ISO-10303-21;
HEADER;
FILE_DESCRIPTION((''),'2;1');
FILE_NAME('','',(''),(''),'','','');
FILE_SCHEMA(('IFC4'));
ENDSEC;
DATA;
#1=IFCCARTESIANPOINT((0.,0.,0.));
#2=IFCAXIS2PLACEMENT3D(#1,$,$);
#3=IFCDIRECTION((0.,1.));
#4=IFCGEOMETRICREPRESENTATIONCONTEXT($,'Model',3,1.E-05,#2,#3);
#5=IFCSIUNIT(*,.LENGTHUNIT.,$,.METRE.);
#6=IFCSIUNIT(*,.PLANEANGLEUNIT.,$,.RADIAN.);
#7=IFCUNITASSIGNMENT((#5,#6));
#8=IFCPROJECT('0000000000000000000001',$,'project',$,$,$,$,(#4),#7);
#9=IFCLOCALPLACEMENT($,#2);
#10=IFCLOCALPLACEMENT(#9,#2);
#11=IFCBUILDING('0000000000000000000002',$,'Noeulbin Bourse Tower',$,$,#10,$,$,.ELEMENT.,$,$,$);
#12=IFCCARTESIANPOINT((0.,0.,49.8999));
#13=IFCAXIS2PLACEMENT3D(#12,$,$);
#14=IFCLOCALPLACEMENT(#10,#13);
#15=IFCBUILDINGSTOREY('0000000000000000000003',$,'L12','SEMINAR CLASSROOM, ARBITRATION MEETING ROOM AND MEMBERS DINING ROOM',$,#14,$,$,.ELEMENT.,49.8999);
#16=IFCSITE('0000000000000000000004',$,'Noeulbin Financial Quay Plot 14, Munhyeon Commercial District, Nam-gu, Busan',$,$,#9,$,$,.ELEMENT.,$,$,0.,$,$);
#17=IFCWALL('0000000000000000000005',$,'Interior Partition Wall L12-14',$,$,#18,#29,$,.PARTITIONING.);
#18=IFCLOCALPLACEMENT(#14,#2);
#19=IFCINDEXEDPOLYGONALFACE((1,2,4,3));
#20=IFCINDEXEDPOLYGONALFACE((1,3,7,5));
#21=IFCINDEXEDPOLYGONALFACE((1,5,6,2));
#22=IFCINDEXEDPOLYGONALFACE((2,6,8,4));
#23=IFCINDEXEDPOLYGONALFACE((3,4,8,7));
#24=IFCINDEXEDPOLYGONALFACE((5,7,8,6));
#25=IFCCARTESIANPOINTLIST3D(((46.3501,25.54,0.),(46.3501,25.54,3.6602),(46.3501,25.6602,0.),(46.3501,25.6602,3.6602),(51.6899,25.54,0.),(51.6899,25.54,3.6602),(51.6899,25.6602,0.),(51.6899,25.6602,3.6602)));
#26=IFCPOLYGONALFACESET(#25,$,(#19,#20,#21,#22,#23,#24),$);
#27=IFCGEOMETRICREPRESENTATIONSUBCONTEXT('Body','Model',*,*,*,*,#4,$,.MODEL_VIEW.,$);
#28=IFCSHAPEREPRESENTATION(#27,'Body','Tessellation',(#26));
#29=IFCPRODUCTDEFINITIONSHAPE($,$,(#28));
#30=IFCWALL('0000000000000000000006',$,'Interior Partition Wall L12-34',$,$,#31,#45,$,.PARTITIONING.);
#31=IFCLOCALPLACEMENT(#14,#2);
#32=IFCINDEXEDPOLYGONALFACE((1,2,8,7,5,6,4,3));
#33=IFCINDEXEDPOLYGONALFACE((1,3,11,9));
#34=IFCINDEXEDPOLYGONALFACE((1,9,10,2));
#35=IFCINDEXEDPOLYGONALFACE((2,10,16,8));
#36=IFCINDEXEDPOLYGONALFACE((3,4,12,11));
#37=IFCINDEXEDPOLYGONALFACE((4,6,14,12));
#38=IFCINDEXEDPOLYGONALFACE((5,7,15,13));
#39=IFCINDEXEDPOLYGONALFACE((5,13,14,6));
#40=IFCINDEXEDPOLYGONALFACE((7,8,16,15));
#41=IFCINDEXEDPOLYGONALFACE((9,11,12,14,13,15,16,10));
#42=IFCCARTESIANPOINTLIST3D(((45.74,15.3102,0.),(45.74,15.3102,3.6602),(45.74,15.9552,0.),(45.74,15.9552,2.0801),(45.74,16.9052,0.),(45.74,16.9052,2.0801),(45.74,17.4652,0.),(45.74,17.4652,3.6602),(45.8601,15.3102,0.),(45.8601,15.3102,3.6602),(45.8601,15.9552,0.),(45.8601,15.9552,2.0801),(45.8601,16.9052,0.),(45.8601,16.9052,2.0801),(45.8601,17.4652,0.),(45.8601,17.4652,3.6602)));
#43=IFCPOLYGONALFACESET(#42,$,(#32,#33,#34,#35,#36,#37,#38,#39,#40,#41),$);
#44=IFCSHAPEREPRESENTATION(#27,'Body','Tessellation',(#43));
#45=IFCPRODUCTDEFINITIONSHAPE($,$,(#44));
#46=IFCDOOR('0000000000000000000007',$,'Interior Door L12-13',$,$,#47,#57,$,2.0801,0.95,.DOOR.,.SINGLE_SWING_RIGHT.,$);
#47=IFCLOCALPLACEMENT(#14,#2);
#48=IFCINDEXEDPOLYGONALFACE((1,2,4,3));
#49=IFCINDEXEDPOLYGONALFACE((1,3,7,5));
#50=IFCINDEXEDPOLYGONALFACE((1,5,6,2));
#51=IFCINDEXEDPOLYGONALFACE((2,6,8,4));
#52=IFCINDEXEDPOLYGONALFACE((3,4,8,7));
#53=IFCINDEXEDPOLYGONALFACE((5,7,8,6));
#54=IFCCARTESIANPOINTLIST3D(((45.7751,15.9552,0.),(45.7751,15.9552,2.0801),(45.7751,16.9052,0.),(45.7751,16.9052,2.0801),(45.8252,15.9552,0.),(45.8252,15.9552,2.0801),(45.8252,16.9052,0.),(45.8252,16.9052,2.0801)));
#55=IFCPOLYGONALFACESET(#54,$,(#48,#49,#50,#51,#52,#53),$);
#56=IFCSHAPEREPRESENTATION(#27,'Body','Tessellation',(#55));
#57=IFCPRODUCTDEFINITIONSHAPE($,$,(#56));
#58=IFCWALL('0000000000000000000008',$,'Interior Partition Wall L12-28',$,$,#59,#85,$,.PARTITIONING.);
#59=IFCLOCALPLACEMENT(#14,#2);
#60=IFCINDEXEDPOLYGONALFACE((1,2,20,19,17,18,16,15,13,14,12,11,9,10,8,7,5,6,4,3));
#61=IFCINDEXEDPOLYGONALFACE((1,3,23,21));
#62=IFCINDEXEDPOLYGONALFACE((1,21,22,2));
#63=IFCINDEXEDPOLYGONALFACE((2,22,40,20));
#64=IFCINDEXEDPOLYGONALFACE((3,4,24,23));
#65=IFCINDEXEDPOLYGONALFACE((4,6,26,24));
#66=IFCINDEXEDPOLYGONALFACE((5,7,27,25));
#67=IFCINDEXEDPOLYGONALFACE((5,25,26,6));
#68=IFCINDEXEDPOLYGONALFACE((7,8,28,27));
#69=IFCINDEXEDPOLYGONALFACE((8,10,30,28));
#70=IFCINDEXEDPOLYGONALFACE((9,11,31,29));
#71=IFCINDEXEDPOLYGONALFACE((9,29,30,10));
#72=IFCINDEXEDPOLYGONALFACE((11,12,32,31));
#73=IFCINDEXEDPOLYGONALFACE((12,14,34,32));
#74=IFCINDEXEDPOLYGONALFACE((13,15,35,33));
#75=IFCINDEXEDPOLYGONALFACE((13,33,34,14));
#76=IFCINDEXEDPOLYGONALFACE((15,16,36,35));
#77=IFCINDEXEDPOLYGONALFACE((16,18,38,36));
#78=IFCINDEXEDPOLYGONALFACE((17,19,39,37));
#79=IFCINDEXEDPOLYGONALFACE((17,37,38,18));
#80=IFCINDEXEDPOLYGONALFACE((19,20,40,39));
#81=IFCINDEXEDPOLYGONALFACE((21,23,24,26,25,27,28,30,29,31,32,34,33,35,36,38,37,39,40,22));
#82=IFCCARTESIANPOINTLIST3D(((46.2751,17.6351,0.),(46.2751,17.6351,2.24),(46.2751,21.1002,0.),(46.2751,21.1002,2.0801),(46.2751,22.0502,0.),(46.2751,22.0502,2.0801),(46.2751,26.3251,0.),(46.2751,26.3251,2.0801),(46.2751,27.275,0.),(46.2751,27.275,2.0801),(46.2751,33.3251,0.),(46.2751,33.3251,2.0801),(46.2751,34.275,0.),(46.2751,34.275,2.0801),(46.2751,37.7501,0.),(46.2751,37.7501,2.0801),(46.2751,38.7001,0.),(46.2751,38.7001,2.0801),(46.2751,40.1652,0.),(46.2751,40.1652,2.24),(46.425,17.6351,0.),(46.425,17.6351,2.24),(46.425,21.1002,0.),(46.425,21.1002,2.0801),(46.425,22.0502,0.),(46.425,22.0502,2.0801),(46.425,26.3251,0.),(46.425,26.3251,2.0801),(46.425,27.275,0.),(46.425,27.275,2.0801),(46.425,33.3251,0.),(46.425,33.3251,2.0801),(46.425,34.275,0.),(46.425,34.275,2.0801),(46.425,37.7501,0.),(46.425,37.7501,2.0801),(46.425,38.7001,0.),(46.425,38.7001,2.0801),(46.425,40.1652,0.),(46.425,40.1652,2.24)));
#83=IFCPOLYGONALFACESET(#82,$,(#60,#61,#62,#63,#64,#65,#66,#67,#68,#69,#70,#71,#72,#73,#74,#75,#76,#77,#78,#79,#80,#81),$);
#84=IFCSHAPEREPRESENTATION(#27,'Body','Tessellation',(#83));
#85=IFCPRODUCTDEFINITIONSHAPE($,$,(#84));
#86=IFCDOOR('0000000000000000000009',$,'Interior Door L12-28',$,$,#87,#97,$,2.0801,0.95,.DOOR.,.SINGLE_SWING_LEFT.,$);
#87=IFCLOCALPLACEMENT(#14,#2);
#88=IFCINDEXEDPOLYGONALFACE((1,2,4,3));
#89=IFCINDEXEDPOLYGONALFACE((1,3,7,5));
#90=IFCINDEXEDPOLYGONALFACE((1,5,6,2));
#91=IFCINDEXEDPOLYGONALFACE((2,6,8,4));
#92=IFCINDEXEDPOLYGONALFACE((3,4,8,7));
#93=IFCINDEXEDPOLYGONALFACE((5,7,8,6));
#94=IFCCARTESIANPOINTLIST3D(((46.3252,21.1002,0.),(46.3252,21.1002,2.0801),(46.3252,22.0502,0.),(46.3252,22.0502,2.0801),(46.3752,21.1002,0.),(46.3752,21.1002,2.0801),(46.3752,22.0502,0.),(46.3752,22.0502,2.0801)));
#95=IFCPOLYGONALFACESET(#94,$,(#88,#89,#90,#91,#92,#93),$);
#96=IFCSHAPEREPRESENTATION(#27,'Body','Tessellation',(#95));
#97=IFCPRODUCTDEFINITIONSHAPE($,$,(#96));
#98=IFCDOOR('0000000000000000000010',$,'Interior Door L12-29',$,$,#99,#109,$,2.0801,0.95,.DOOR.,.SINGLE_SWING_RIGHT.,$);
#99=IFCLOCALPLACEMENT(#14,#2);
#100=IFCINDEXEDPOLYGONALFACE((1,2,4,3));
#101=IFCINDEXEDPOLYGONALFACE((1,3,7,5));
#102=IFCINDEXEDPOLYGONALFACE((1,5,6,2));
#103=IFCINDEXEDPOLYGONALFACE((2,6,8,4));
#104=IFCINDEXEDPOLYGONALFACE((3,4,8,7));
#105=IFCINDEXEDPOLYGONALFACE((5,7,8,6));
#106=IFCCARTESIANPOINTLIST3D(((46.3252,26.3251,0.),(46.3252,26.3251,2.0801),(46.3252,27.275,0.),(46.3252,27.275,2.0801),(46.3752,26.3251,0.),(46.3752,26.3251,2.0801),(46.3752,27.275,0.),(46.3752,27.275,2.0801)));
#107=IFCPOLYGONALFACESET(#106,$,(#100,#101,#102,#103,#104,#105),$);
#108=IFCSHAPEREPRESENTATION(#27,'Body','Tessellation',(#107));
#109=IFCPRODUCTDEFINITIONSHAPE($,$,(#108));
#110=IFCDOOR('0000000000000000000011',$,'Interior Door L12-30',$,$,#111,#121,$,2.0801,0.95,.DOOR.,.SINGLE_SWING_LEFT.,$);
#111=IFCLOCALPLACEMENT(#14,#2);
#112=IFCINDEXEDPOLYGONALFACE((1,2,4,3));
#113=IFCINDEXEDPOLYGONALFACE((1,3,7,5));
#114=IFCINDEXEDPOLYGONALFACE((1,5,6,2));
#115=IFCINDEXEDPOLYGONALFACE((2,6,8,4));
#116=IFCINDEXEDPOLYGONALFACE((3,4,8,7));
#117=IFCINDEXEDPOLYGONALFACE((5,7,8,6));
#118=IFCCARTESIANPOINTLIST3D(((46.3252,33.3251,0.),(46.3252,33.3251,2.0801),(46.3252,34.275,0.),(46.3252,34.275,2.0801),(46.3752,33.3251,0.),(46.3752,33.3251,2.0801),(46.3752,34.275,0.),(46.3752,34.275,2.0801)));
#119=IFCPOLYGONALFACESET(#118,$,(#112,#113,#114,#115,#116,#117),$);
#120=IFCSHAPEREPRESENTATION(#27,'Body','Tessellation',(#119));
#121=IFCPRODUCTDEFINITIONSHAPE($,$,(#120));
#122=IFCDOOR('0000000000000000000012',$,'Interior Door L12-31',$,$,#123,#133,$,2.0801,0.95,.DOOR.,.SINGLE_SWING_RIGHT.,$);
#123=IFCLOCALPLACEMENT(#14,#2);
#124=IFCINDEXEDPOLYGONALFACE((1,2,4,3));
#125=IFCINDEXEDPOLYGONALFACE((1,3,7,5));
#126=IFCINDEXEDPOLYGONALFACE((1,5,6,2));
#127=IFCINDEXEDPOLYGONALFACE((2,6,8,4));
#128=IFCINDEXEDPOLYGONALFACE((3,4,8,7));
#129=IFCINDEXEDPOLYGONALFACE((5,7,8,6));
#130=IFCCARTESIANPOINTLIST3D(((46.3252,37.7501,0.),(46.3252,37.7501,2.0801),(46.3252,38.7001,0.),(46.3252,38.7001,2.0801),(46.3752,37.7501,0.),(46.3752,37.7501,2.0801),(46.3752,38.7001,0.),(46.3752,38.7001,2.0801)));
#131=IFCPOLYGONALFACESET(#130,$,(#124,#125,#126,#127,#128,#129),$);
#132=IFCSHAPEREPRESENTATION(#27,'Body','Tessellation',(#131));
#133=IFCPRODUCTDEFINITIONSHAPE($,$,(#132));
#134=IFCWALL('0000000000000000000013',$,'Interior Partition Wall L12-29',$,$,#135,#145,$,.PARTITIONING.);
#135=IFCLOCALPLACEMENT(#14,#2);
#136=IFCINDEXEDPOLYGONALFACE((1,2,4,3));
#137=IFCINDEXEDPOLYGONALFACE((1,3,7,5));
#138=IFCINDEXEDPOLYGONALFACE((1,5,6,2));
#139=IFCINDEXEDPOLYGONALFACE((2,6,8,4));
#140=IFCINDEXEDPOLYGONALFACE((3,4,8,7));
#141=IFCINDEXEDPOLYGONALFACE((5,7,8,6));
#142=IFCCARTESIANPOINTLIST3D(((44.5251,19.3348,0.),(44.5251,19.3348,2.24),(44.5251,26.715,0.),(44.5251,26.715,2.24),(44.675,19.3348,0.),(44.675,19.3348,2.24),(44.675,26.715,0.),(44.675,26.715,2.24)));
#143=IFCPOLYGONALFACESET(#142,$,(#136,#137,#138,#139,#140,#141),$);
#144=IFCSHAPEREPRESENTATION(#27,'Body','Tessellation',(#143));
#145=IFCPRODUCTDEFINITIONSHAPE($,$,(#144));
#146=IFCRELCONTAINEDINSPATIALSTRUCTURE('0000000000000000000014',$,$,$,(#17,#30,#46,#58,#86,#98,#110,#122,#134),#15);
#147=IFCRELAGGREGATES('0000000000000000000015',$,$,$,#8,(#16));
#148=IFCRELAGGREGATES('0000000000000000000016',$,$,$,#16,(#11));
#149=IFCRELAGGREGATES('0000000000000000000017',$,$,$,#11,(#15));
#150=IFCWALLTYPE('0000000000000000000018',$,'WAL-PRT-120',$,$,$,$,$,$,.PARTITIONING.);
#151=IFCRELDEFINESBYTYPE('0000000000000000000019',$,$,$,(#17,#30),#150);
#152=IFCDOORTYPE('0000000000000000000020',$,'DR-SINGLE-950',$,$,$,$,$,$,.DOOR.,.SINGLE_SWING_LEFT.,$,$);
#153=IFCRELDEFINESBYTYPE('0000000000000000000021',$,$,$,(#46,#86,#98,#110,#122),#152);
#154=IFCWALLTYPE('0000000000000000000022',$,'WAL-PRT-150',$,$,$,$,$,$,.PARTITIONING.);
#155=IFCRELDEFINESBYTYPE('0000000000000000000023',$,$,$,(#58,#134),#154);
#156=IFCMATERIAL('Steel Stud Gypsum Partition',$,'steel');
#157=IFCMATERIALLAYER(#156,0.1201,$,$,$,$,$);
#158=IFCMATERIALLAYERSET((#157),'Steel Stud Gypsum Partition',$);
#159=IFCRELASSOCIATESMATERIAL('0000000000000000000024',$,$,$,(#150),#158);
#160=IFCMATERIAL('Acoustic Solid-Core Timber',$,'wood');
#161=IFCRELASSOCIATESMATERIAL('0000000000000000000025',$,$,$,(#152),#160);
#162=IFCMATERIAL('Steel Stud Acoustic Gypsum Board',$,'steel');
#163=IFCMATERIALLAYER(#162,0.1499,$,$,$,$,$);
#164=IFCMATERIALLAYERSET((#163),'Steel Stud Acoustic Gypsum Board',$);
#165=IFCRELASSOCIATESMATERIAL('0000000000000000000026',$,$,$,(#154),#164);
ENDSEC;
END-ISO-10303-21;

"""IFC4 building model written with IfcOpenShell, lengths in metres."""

from ifc_helpers import new_model, si_unit, direction, frame, frame_2d, origin, place, context, subcontext, project, spatial, rectangle, extrude, material, layer, layer_set, type_object, element, fill, save


model = new_model("IFC4")

# Units and contexts
model_context = context("Model", 3, precision=1e-05, world=origin(), true_north=direction((0.0, 1.0)))
body_context = subcontext(model_context, "Body", "Model", "MODEL_VIEW")
ifc_project = project(units=[si_unit("LENGTHUNIT", "METRE"), si_unit("PLANEANGLEUNIT", "RADIAN")], contexts=[model_context])

# Site, building, storey
site_placement = place(None, origin())
site = spatial("IfcSite", under=ifc_project, at=site_placement, Name="Noeulbin Financial Quay Plot 14, Munhyeon Commercial District, Nam-gu, Busan", CompositionType="ELEMENT", RefElevation=0.0)
building_placement = place(site_placement, origin())
building = spatial("IfcBuilding", under=site, at=building_placement, Name="Noeulbin Bourse Tower", CompositionType="ELEMENT")
storey_placement = place(building_placement, frame((0.0, 0.0, 49.8999)))
storey = spatial("IfcBuildingStorey", under=building, at=storey_placement, Name="L12", Description="SEMINAR CLASSROOM, ARBITRATION MEETING ROOM AND MEMBERS DINING ROOM", CompositionType="ELEMENT", Elevation=49.8999)

# Wall
ifc_material_1 = material(Name="Steel Stud Gypsum Partition", Category="steel")
ifc_layer_1 = layer(ifc_material_1, 0.1201)
ifc_layer_set_1 = layer_set([ifc_layer_1], Name="Steel Stud Gypsum Partition")
wall_type_1 = type_object("IfcWallType", Name="WAL-PRT-120", PredefinedType="PARTITIONING", material=ifc_layer_set_1)
wall_1_placement = place(storey_placement, frame((46.3501, 25.6001, 0.0), z_axis=(0.0, 0.0, 1.0), x_axis=(1.0, 0.0, 0.0)))
element("IfcWall", 1, at=wall_1_placement, inside=storey, type_object=wall_type_1, Name="Interior Partition Wall L12-14", PredefinedType="PARTITIONING", context=body_context, shape_type="SweptSolid", body=[
    extrude(rectangle(XDim=5.3398, YDim=0.1201, at=frame_2d((2.6699, 0.0))), origin(), (0.0, 0.0, 1.0), 3.6602),
])

# Wall, opening, door
wall_2_placement = place(storey_placement, frame((45.8, 15.3101, 0.0), z_axis=(0.0, 0.0, 1.0), x_axis=(0.0, 1.0, 0.0)))
wall_2 = element("IfcWall", 2, at=wall_2_placement, inside=storey, type_object=wall_type_1, Name="Interior Partition Wall L12-34", PredefinedType="PARTITIONING", context=body_context, shape_type="SweptSolid", body=[
    extrude(rectangle(XDim=2.155, YDim=0.1201, at=frame_2d((1.0776, 0.0))), origin(), (0.0, 0.0, 1.0), 3.6602),
])
opening_1_placement = place(wall_2_placement, frame((0.645, 0.0, 0.0)))
opening_1 = element("IfcOpeningElement", 3, at=opening_1_placement, cuts=wall_2, PredefinedType="OPENING", context=body_context, shape_type="SweptSolid", body=[
    extrude(rectangle(XDim=0.95, YDim=2.0801, at=frame_2d((0.4751, 1.04))), frame((0.0, 0.0701, 0.0), z_axis=(0.0, -1.0, 0.0), x_axis=(1.0, 0.0, 0.0)), (0.0, 0.0, 1.0), 0.1401),
])
ifc_material_2 = material(Name="Acoustic Solid-Core Timber", Category="wood")
door_type = type_object("IfcDoorType", Name="DR-SINGLE-950", OperationType="SINGLE_SWING_LEFT", PredefinedType="DOOR", material=ifc_material_2)
door_1_placement = place(opening_1_placement, origin())
door_1 = element("IfcDoor", 4, at=door_1_placement, inside=storey, type_object=door_type, Name="Interior Door L12-13", OperationType="SINGLE_SWING_RIGHT", OverallHeight=2.0801, OverallWidth=0.95, PredefinedType="DOOR", context=body_context, shape_type="SweptSolid", body=[
    extrude(rectangle(XDim=0.95, YDim=2.0801, at=frame_2d((0.4751, 1.04))), frame((0.0, 0.0249, 0.0), z_axis=(0.0, -1.0, 0.0), x_axis=(1.0, 0.0, 0.0)), (0.0, 0.0, 1.0), 0.05),
])
fill(opening_1, door_1)

# Wall, openings, doors
ifc_material_3 = material(Name="Steel Stud Acoustic Gypsum Board", Category="steel")
ifc_layer_2 = layer(ifc_material_3, 0.1499)
ifc_layer_set_2 = layer_set([ifc_layer_2], Name="Steel Stud Acoustic Gypsum Board")
wall_type_2 = type_object("IfcWallType", Name="WAL-PRT-150", PredefinedType="PARTITIONING", material=ifc_layer_set_2)
wall_3_placement = place(storey_placement, frame((46.3501, 17.635, 0.0), z_axis=(0.0, 0.0, 1.0), x_axis=(0.0, 1.0, 0.0)))
wall_3 = element("IfcWall", 5, at=wall_3_placement, inside=storey, type_object=wall_type_2, Name="Interior Partition Wall L12-28", PredefinedType="PARTITIONING", context=body_context, shape_type="SweptSolid", body=[
    extrude(rectangle(XDim=22.53, YDim=0.1499, at=frame_2d((11.2651, 0.0))), origin(), (0.0, 0.0, 1.0), 2.24),
])
opening_2_placement = place(wall_3_placement, frame((3.4651, 0.0, 0.0)))
opening_2 = element("IfcOpeningElement", 6, at=opening_2_placement, cuts=wall_3, PredefinedType="OPENING", context=body_context, shape_type="SweptSolid", body=[
    extrude(rectangle(XDim=0.95, YDim=2.0801, at=frame_2d((0.4751, 1.04))), frame((0.0, 0.085, 0.0), z_axis=(0.0, -1.0, 0.0), x_axis=(1.0, 0.0, 0.0)), (0.0, 0.0, 1.0), 0.1699),
])
opening_3_placement = place(wall_3_placement, frame((8.6899, 0.0, 0.0)))
opening_3 = element("IfcOpeningElement", 7, at=opening_3_placement, cuts=wall_3, PredefinedType="OPENING", context=body_context, shape_type="SweptSolid", body=[
    extrude(rectangle(XDim=0.95, YDim=2.0801, at=frame_2d((0.4751, 1.04))), frame((0.0, 0.085, 0.0), z_axis=(0.0, -1.0, 0.0), x_axis=(1.0, 0.0, 0.0)), (0.0, 0.0, 1.0), 0.1699),
])
opening_4_placement = place(wall_3_placement, frame((15.6899, 0.0, 0.0)))
opening_4 = element("IfcOpeningElement", 8, at=opening_4_placement, cuts=wall_3, PredefinedType="OPENING", context=body_context, shape_type="SweptSolid", body=[
    extrude(rectangle(XDim=0.95, YDim=2.0801, at=frame_2d((0.4751, 1.04))), frame((0.0, 0.085, 0.0), z_axis=(0.0, -1.0, 0.0), x_axis=(1.0, 0.0, 0.0)), (0.0, 0.0, 1.0), 0.1699),
])
opening_5_placement = place(wall_3_placement, frame((20.115, 0.0, 0.0)))
opening_5 = element("IfcOpeningElement", 9, at=opening_5_placement, cuts=wall_3, PredefinedType="OPENING", context=body_context, shape_type="SweptSolid", body=[
    extrude(rectangle(XDim=0.95, YDim=2.0801, at=frame_2d((0.4751, 1.04))), frame((0.0, 0.085, 0.0), z_axis=(0.0, -1.0, 0.0), x_axis=(1.0, 0.0, 0.0)), (0.0, 0.0, 1.0), 0.1699),
])
door_2_placement = place(opening_2_placement, origin())
door_2 = element("IfcDoor", 10, at=door_2_placement, inside=storey, type_object=door_type, Name="Interior Door L12-28", OperationType="SINGLE_SWING_LEFT", OverallHeight=2.0801, OverallWidth=0.95, PredefinedType="DOOR", context=body_context, shape_type="SweptSolid", body=[
    extrude(rectangle(XDim=0.95, YDim=2.0801, at=frame_2d((0.4751, 1.04))), frame((0.0, 0.0249, 0.0), z_axis=(0.0, -1.0, 0.0), x_axis=(1.0, 0.0, 0.0)), (0.0, 0.0, 1.0), 0.05),
])
fill(opening_2, door_2)
door_3_placement = place(opening_3_placement, origin())
door_3 = element("IfcDoor", 11, at=door_3_placement, inside=storey, type_object=door_type, Name="Interior Door L12-29", OperationType="SINGLE_SWING_RIGHT", OverallHeight=2.0801, OverallWidth=0.95, PredefinedType="DOOR", context=body_context, shape_type="SweptSolid", body=[
    extrude(rectangle(XDim=0.95, YDim=2.0801, at=frame_2d((0.4751, 1.04))), frame((0.0, 0.0249, 0.0), z_axis=(0.0, -1.0, 0.0), x_axis=(1.0, 0.0, 0.0)), (0.0, 0.0, 1.0), 0.05),
])
fill(opening_3, door_3)
door_4_placement = place(opening_4_placement, origin())
door_4 = element("IfcDoor", 12, at=door_4_placement, inside=storey, type_object=door_type, Name="Interior Door L12-30", OperationType="SINGLE_SWING_LEFT", OverallHeight=2.0801, OverallWidth=0.95, PredefinedType="DOOR", context=body_context, shape_type="SweptSolid", body=[
    extrude(rectangle(XDim=0.95, YDim=2.0801, at=frame_2d((0.4751, 1.04))), frame((0.0, 0.0249, 0.0), z_axis=(0.0, -1.0, 0.0), x_axis=(1.0, 0.0, 0.0)), (0.0, 0.0, 1.0), 0.05),
])
fill(opening_4, door_4)
door_5_placement = place(opening_5_placement, origin())
door_5 = element("IfcDoor", 13, at=door_5_placement, inside=storey, type_object=door_type, Name="Interior Door L12-31", OperationType="SINGLE_SWING_RIGHT", OverallHeight=2.0801, OverallWidth=0.95, PredefinedType="DOOR", context=body_context, shape_type="SweptSolid", body=[
    extrude(rectangle(XDim=0.95, YDim=2.0801, at=frame_2d((0.4751, 1.04))), frame((0.0, 0.0249, 0.0), z_axis=(0.0, -1.0, 0.0), x_axis=(1.0, 0.0, 0.0)), (0.0, 0.0, 1.0), 0.05),
])
fill(opening_5, door_5)

# Wall
wall_4_placement = place(storey_placement, frame((44.6001, 19.335, 0.0), z_axis=(0.0, 0.0, 1.0), x_axis=(0.0, 1.0, 0.0)))
element("IfcWall", 14, at=wall_4_placement, inside=storey, type_object=wall_type_2, Name="Interior Partition Wall L12-29", PredefinedType="PARTITIONING", context=body_context, shape_type="SweptSolid", body=[
    extrude(rectangle(XDim=7.3801, YDim=0.1499, at=frame_2d((3.6899, 0.0))), origin(), (0.0, 0.0, 1.0), 2.24),
])

save(model, "model.ifc")
